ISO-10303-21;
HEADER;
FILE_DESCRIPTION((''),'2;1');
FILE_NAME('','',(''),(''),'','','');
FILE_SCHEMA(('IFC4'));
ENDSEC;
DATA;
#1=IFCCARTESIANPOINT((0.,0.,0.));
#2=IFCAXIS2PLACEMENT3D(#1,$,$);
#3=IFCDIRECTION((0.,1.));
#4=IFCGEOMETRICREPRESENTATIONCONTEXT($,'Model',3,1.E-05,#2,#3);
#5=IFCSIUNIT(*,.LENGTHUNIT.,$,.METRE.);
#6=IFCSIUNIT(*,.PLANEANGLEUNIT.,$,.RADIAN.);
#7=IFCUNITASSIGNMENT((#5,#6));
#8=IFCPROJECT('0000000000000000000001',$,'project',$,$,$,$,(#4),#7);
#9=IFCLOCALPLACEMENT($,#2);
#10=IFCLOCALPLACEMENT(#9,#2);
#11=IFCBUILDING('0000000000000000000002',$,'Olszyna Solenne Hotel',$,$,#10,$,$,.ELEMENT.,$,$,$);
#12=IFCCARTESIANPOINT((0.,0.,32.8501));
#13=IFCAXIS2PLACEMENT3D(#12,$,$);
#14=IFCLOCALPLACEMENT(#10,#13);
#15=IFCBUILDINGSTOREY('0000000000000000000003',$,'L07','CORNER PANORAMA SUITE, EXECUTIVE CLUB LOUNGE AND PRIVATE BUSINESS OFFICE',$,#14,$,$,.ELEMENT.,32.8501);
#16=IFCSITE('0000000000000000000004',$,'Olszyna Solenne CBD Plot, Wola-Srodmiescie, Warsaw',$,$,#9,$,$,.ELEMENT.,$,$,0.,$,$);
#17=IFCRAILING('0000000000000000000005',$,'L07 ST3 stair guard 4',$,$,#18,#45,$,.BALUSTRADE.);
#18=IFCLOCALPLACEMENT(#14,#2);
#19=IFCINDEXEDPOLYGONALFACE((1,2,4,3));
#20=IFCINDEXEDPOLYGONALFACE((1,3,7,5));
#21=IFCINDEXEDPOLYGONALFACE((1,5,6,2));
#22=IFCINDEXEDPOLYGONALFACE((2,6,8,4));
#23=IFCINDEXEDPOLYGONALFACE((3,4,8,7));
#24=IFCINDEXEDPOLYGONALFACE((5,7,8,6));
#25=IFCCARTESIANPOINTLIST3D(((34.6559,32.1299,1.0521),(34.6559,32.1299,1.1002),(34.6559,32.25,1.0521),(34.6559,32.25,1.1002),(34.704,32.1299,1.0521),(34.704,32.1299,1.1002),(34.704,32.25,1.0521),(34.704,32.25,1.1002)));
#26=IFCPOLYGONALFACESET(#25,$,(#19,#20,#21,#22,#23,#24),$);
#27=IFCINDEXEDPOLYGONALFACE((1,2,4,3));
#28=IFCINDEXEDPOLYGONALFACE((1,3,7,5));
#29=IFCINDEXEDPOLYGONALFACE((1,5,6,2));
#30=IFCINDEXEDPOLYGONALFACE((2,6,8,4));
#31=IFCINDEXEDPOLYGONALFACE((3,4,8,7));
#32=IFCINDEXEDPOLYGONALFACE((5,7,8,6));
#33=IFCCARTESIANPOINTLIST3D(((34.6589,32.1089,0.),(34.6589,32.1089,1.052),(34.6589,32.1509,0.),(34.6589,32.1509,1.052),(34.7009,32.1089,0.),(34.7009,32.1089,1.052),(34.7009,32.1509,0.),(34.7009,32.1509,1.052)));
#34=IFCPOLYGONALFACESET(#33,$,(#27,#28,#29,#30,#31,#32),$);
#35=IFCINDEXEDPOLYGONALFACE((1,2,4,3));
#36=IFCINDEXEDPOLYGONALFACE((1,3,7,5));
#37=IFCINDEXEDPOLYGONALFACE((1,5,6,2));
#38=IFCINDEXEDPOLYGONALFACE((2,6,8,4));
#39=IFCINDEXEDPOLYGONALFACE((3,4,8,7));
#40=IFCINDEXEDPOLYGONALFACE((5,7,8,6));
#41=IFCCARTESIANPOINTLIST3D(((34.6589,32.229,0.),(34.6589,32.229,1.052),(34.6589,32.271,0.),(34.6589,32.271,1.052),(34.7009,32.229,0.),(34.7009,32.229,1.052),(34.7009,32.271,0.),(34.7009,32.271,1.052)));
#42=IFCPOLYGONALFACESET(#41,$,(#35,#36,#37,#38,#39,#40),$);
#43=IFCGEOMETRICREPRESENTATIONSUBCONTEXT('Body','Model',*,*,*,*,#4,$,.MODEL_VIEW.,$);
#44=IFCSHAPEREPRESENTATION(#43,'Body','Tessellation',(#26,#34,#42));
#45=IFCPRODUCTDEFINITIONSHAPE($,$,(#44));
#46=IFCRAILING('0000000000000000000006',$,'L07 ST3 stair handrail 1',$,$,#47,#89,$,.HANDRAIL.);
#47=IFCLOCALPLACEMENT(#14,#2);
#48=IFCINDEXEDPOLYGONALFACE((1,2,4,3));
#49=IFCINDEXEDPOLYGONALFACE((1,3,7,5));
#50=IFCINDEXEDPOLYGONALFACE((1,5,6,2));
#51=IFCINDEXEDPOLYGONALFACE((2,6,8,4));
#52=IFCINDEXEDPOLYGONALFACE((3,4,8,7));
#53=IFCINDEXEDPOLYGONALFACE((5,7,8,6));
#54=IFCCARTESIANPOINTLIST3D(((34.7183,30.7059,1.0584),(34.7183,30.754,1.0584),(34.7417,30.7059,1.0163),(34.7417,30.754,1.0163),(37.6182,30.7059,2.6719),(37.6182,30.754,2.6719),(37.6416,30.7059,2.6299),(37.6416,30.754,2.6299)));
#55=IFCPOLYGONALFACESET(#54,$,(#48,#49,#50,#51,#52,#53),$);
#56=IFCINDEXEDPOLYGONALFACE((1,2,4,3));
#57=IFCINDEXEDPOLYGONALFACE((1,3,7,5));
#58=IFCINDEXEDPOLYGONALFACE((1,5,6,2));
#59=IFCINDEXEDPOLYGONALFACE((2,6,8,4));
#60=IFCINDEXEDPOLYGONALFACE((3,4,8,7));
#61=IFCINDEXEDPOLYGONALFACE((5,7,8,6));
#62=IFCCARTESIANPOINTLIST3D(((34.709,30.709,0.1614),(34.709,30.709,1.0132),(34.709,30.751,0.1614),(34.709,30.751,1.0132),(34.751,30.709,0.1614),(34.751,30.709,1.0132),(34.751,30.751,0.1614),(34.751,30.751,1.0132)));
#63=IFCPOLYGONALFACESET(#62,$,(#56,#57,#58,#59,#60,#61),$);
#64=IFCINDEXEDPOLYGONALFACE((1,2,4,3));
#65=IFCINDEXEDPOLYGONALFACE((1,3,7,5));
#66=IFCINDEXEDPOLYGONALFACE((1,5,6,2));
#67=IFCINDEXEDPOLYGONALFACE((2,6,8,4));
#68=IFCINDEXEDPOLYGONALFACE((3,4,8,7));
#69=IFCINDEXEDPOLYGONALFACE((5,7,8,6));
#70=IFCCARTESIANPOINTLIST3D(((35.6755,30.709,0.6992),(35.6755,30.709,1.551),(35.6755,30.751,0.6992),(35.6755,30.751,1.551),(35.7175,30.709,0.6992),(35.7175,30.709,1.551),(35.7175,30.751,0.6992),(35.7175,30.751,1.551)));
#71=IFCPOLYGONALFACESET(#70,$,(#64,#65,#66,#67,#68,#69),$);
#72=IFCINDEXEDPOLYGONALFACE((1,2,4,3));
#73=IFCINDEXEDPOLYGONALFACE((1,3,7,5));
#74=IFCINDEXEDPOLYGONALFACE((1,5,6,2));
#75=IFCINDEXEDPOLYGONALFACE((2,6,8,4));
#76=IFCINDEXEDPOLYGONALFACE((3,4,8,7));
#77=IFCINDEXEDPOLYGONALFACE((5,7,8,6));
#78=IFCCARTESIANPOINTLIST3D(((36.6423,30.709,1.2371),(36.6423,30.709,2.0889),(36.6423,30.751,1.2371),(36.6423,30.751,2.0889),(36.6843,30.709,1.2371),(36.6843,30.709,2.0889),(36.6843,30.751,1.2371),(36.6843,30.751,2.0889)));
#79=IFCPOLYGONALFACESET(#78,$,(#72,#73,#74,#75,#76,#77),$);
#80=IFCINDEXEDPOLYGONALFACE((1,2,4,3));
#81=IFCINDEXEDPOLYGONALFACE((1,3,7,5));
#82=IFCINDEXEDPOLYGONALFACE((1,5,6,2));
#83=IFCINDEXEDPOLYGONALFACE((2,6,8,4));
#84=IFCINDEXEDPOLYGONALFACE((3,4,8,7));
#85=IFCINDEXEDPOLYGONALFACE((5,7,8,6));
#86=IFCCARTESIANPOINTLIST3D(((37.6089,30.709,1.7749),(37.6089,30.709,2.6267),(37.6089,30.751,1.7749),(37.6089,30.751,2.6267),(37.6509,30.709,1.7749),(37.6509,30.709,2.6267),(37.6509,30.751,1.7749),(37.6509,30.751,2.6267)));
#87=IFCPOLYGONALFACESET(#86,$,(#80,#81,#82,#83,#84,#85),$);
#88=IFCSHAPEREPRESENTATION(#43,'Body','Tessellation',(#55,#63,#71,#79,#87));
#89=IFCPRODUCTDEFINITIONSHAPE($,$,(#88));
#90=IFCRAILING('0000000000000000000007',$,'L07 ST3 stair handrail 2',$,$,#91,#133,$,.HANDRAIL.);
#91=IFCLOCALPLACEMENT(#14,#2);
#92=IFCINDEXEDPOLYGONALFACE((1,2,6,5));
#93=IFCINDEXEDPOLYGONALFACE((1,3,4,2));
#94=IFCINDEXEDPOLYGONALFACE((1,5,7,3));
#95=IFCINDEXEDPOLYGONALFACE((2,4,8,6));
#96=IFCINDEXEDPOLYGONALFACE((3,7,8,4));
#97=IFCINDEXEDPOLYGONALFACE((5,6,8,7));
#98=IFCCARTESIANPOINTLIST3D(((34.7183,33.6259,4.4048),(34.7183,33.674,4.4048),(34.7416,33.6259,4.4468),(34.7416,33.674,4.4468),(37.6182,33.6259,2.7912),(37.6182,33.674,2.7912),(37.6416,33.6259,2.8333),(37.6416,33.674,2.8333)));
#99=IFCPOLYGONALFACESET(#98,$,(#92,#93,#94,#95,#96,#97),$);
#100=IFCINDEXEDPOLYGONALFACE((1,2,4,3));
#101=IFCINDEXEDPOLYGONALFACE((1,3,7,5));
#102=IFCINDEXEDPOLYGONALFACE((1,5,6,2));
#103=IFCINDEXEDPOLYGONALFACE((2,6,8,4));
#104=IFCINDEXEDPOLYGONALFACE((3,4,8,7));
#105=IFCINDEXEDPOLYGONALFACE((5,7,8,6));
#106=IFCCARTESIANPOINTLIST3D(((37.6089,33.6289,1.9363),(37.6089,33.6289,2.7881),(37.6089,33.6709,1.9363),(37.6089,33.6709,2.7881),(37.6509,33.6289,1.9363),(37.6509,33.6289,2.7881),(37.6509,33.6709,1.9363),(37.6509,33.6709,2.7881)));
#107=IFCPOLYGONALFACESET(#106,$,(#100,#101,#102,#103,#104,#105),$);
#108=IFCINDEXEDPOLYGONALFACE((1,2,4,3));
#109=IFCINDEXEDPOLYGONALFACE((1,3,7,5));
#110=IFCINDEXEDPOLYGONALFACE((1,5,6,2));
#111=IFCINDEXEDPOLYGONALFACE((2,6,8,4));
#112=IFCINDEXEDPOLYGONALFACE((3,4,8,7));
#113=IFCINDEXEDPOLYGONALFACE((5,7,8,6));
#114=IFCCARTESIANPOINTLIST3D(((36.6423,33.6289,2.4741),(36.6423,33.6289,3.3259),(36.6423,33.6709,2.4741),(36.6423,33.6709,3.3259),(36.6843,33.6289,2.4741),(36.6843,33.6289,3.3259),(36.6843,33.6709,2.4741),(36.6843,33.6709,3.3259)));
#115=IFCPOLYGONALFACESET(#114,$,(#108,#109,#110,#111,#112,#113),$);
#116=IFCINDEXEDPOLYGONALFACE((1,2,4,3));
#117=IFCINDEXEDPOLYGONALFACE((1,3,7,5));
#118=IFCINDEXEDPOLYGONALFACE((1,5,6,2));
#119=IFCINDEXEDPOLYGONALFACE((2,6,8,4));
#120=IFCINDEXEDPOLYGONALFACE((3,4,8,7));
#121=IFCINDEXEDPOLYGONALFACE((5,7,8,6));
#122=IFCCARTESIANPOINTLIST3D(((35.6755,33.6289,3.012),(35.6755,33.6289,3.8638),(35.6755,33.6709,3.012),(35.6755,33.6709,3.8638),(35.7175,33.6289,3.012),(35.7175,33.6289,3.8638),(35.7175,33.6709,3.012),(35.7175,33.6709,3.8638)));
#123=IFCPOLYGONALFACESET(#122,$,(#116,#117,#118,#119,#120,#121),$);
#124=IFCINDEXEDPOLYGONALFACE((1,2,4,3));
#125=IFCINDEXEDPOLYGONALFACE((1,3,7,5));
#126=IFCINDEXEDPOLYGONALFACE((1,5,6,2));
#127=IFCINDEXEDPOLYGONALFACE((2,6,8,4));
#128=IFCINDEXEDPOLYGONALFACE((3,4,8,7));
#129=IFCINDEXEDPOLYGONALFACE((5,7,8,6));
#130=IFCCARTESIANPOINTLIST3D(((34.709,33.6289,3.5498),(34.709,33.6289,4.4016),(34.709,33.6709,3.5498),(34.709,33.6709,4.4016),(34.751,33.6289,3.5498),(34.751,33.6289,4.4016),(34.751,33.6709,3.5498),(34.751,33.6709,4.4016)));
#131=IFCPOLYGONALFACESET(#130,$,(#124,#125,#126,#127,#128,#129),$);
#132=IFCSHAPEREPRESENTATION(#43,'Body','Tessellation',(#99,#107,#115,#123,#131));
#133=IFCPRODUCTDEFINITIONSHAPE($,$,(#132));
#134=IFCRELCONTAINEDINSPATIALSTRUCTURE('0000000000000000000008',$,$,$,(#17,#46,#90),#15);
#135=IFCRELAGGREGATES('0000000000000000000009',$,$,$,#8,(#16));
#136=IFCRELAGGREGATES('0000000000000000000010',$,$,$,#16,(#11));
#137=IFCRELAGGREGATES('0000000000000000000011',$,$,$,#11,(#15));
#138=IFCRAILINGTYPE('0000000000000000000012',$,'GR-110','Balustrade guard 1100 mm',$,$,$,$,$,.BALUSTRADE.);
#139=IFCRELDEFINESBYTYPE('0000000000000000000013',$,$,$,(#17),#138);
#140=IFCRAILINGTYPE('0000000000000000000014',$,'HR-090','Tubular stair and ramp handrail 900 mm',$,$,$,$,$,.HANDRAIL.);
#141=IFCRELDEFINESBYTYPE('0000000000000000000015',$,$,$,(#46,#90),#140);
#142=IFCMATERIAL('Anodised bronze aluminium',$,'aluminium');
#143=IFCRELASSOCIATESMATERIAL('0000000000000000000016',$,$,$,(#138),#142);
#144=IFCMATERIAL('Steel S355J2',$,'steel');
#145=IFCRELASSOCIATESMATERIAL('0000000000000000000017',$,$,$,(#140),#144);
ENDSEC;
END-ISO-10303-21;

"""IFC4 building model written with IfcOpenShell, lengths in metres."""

from ifc_helpers import new_model, si_unit, direction, frame, origin, origin_2d, place, context, subcontext, project, spatial, rectangle, extrude, material, type_object, element, save


model = new_model("IFC4")

# Units and contexts
model_context = context("Model", 3, precision=1e-05, world=origin(), true_north=direction((0.0, 1.0)))
body_context = subcontext(model_context, "Body", "Model", "MODEL_VIEW")
ifc_project = project(units=[si_unit("LENGTHUNIT", "METRE"), si_unit("PLANEANGLEUNIT", "RADIAN")], contexts=[model_context])

# Site, building, storey
site_placement = place(None, origin())
site = spatial("IfcSite", under=ifc_project, at=site_placement, Name="Olszyna Solenne CBD Plot, Wola-Srodmiescie, Warsaw", CompositionType="ELEMENT", RefElevation=0.0)
building_placement = place(site_placement, origin())
building = spatial("IfcBuilding", under=site, at=building_placement, Name="Olszyna Solenne Hotel", CompositionType="ELEMENT")
storey_placement = place(building_placement, frame((0.0, 0.0, 32.8501)))
storey = spatial("IfcBuildingStorey", under=building, at=storey_placement, Name="L07", Description="CORNER PANORAMA SUITE, EXECUTIVE CLUB LOUNGE AND PRIVATE BUSINESS OFFICE", CompositionType="ELEMENT", Elevation=32.8501)

# Shared definitions
ifc_material_1 = material(Name="Steel S355J2", Category="steel")

# Shared definitions
ifc_material_2 = material(Name="Anodised bronze aluminium", Category="aluminium")

# Railings
railing_type_1 = type_object("IfcRailingType", Name="GR-110", Description="Balustrade guard 1100 mm", PredefinedType="BALUSTRADE", material=ifc_material_2)
railing_1_placement = place(storey_placement, frame((34.6799, 32.1299, 0.0)))
element("IfcRailing", 1, at=railing_1_placement, inside=storey, type_object=railing_type_1, Name="L07 ST3 stair guard 4", PredefinedType="BALUSTRADE", context=body_context, shape_type="SweptSolid", body=[
    extrude(rectangle(XDim=0.0481, YDim=0.0481, at=origin_2d()), frame((0.0, 0.0, 1.0762), z_axis=(0.0, 1.0, 0.0), x_axis=(-1.0, 0.0, 0.0)), (0.0, 0.0, 1.0), 0.1201),
    extrude(rectangle(XDim=0.042, YDim=0.042, at=origin_2d()), origin(), (0.0, 0.0, 1.0), 1.052),
    extrude(rectangle(XDim=0.042, YDim=0.042, at=origin_2d()), frame((0.0, 0.1201, 0.0)), (0.0, 0.0, 1.0), 1.052),
])
railing_type_2 = type_object("IfcRailingType", Name="HR-090", Description="Tubular stair and ramp handrail 900 mm", PredefinedType="HANDRAIL", material=ifc_material_1)
railing_2_placement = place(storey_placement, frame((34.73, 30.73, 0.1614)))
element("IfcRailing", 2, at=railing_2_placement, inside=storey, type_object=railing_type_2, Name="L07 ST3 stair handrail 1", PredefinedType="HANDRAIL", context=body_context, shape_type="SweptSolid", body=[
    extrude(rectangle(XDim=0.0481, YDim=0.0481, at=origin_2d()), frame((0.0, 0.0, 0.876), z_axis=(0.873841, 0.0, 0.486211), x_axis=(0.0, 1.0, 0.0)), (0.0, 0.0, 1.0), 3.3186),
    extrude(rectangle(XDim=0.042, YDim=0.042, at=origin_2d()), origin(), (0.0, 0.0, 1.0), 0.8518),
    extrude(rectangle(XDim=0.042, YDim=0.042, at=origin_2d()), frame((0.9666, 0.0, 0.5378)), (0.0, 0.0, 1.0), 0.8518),
    extrude(rectangle(XDim=0.042, YDim=0.042, at=origin_2d()), frame((1.9333, 0.0, 1.0757)), (0.0, 0.0, 1.0), 0.8518),
    extrude(rectangle(XDim=0.042, YDim=0.042, at=origin_2d()), frame((2.8999, 0.0, 1.6135)), (0.0, 0.0, 1.0), 0.8518),
])
railing_3_placement = place(storey_placement, frame((37.6299, 33.6499, 1.9363)))
element("IfcRailing", 3, at=railing_3_placement, inside=storey, type_object=railing_type_2, Name="L07 ST3 stair handrail 2", PredefinedType="HANDRAIL", context=body_context, shape_type="SweptSolid", body=[
    extrude(rectangle(XDim=0.0481, YDim=0.0481, at=origin_2d()), frame((0.0, 0.0, 0.876), z_axis=(-0.873841, 0.0, 0.486211), x_axis=(0.0, -1.0, 0.0)), (0.0, 0.0, 1.0), 3.3186),
    extrude(rectangle(XDim=0.042, YDim=0.042, at=origin_2d()), origin(), (0.0, 0.0, 1.0), 0.8518),
    extrude(rectangle(XDim=0.042, YDim=0.042, at=origin_2d()), frame((-0.9666, 0.0, 0.5378)), (0.0, 0.0, 1.0), 0.8518),
    extrude(rectangle(XDim=0.042, YDim=0.042, at=origin_2d()), frame((-1.9333, 0.0, 1.0757)), (0.0, 0.0, 1.0), 0.8518),
    extrude(rectangle(XDim=0.042, YDim=0.042, at=origin_2d()), frame((-2.8999, 0.0, 1.6135)), (0.0, 0.0, 1.0), 0.8518),
])

save(model, "model.ifc")
